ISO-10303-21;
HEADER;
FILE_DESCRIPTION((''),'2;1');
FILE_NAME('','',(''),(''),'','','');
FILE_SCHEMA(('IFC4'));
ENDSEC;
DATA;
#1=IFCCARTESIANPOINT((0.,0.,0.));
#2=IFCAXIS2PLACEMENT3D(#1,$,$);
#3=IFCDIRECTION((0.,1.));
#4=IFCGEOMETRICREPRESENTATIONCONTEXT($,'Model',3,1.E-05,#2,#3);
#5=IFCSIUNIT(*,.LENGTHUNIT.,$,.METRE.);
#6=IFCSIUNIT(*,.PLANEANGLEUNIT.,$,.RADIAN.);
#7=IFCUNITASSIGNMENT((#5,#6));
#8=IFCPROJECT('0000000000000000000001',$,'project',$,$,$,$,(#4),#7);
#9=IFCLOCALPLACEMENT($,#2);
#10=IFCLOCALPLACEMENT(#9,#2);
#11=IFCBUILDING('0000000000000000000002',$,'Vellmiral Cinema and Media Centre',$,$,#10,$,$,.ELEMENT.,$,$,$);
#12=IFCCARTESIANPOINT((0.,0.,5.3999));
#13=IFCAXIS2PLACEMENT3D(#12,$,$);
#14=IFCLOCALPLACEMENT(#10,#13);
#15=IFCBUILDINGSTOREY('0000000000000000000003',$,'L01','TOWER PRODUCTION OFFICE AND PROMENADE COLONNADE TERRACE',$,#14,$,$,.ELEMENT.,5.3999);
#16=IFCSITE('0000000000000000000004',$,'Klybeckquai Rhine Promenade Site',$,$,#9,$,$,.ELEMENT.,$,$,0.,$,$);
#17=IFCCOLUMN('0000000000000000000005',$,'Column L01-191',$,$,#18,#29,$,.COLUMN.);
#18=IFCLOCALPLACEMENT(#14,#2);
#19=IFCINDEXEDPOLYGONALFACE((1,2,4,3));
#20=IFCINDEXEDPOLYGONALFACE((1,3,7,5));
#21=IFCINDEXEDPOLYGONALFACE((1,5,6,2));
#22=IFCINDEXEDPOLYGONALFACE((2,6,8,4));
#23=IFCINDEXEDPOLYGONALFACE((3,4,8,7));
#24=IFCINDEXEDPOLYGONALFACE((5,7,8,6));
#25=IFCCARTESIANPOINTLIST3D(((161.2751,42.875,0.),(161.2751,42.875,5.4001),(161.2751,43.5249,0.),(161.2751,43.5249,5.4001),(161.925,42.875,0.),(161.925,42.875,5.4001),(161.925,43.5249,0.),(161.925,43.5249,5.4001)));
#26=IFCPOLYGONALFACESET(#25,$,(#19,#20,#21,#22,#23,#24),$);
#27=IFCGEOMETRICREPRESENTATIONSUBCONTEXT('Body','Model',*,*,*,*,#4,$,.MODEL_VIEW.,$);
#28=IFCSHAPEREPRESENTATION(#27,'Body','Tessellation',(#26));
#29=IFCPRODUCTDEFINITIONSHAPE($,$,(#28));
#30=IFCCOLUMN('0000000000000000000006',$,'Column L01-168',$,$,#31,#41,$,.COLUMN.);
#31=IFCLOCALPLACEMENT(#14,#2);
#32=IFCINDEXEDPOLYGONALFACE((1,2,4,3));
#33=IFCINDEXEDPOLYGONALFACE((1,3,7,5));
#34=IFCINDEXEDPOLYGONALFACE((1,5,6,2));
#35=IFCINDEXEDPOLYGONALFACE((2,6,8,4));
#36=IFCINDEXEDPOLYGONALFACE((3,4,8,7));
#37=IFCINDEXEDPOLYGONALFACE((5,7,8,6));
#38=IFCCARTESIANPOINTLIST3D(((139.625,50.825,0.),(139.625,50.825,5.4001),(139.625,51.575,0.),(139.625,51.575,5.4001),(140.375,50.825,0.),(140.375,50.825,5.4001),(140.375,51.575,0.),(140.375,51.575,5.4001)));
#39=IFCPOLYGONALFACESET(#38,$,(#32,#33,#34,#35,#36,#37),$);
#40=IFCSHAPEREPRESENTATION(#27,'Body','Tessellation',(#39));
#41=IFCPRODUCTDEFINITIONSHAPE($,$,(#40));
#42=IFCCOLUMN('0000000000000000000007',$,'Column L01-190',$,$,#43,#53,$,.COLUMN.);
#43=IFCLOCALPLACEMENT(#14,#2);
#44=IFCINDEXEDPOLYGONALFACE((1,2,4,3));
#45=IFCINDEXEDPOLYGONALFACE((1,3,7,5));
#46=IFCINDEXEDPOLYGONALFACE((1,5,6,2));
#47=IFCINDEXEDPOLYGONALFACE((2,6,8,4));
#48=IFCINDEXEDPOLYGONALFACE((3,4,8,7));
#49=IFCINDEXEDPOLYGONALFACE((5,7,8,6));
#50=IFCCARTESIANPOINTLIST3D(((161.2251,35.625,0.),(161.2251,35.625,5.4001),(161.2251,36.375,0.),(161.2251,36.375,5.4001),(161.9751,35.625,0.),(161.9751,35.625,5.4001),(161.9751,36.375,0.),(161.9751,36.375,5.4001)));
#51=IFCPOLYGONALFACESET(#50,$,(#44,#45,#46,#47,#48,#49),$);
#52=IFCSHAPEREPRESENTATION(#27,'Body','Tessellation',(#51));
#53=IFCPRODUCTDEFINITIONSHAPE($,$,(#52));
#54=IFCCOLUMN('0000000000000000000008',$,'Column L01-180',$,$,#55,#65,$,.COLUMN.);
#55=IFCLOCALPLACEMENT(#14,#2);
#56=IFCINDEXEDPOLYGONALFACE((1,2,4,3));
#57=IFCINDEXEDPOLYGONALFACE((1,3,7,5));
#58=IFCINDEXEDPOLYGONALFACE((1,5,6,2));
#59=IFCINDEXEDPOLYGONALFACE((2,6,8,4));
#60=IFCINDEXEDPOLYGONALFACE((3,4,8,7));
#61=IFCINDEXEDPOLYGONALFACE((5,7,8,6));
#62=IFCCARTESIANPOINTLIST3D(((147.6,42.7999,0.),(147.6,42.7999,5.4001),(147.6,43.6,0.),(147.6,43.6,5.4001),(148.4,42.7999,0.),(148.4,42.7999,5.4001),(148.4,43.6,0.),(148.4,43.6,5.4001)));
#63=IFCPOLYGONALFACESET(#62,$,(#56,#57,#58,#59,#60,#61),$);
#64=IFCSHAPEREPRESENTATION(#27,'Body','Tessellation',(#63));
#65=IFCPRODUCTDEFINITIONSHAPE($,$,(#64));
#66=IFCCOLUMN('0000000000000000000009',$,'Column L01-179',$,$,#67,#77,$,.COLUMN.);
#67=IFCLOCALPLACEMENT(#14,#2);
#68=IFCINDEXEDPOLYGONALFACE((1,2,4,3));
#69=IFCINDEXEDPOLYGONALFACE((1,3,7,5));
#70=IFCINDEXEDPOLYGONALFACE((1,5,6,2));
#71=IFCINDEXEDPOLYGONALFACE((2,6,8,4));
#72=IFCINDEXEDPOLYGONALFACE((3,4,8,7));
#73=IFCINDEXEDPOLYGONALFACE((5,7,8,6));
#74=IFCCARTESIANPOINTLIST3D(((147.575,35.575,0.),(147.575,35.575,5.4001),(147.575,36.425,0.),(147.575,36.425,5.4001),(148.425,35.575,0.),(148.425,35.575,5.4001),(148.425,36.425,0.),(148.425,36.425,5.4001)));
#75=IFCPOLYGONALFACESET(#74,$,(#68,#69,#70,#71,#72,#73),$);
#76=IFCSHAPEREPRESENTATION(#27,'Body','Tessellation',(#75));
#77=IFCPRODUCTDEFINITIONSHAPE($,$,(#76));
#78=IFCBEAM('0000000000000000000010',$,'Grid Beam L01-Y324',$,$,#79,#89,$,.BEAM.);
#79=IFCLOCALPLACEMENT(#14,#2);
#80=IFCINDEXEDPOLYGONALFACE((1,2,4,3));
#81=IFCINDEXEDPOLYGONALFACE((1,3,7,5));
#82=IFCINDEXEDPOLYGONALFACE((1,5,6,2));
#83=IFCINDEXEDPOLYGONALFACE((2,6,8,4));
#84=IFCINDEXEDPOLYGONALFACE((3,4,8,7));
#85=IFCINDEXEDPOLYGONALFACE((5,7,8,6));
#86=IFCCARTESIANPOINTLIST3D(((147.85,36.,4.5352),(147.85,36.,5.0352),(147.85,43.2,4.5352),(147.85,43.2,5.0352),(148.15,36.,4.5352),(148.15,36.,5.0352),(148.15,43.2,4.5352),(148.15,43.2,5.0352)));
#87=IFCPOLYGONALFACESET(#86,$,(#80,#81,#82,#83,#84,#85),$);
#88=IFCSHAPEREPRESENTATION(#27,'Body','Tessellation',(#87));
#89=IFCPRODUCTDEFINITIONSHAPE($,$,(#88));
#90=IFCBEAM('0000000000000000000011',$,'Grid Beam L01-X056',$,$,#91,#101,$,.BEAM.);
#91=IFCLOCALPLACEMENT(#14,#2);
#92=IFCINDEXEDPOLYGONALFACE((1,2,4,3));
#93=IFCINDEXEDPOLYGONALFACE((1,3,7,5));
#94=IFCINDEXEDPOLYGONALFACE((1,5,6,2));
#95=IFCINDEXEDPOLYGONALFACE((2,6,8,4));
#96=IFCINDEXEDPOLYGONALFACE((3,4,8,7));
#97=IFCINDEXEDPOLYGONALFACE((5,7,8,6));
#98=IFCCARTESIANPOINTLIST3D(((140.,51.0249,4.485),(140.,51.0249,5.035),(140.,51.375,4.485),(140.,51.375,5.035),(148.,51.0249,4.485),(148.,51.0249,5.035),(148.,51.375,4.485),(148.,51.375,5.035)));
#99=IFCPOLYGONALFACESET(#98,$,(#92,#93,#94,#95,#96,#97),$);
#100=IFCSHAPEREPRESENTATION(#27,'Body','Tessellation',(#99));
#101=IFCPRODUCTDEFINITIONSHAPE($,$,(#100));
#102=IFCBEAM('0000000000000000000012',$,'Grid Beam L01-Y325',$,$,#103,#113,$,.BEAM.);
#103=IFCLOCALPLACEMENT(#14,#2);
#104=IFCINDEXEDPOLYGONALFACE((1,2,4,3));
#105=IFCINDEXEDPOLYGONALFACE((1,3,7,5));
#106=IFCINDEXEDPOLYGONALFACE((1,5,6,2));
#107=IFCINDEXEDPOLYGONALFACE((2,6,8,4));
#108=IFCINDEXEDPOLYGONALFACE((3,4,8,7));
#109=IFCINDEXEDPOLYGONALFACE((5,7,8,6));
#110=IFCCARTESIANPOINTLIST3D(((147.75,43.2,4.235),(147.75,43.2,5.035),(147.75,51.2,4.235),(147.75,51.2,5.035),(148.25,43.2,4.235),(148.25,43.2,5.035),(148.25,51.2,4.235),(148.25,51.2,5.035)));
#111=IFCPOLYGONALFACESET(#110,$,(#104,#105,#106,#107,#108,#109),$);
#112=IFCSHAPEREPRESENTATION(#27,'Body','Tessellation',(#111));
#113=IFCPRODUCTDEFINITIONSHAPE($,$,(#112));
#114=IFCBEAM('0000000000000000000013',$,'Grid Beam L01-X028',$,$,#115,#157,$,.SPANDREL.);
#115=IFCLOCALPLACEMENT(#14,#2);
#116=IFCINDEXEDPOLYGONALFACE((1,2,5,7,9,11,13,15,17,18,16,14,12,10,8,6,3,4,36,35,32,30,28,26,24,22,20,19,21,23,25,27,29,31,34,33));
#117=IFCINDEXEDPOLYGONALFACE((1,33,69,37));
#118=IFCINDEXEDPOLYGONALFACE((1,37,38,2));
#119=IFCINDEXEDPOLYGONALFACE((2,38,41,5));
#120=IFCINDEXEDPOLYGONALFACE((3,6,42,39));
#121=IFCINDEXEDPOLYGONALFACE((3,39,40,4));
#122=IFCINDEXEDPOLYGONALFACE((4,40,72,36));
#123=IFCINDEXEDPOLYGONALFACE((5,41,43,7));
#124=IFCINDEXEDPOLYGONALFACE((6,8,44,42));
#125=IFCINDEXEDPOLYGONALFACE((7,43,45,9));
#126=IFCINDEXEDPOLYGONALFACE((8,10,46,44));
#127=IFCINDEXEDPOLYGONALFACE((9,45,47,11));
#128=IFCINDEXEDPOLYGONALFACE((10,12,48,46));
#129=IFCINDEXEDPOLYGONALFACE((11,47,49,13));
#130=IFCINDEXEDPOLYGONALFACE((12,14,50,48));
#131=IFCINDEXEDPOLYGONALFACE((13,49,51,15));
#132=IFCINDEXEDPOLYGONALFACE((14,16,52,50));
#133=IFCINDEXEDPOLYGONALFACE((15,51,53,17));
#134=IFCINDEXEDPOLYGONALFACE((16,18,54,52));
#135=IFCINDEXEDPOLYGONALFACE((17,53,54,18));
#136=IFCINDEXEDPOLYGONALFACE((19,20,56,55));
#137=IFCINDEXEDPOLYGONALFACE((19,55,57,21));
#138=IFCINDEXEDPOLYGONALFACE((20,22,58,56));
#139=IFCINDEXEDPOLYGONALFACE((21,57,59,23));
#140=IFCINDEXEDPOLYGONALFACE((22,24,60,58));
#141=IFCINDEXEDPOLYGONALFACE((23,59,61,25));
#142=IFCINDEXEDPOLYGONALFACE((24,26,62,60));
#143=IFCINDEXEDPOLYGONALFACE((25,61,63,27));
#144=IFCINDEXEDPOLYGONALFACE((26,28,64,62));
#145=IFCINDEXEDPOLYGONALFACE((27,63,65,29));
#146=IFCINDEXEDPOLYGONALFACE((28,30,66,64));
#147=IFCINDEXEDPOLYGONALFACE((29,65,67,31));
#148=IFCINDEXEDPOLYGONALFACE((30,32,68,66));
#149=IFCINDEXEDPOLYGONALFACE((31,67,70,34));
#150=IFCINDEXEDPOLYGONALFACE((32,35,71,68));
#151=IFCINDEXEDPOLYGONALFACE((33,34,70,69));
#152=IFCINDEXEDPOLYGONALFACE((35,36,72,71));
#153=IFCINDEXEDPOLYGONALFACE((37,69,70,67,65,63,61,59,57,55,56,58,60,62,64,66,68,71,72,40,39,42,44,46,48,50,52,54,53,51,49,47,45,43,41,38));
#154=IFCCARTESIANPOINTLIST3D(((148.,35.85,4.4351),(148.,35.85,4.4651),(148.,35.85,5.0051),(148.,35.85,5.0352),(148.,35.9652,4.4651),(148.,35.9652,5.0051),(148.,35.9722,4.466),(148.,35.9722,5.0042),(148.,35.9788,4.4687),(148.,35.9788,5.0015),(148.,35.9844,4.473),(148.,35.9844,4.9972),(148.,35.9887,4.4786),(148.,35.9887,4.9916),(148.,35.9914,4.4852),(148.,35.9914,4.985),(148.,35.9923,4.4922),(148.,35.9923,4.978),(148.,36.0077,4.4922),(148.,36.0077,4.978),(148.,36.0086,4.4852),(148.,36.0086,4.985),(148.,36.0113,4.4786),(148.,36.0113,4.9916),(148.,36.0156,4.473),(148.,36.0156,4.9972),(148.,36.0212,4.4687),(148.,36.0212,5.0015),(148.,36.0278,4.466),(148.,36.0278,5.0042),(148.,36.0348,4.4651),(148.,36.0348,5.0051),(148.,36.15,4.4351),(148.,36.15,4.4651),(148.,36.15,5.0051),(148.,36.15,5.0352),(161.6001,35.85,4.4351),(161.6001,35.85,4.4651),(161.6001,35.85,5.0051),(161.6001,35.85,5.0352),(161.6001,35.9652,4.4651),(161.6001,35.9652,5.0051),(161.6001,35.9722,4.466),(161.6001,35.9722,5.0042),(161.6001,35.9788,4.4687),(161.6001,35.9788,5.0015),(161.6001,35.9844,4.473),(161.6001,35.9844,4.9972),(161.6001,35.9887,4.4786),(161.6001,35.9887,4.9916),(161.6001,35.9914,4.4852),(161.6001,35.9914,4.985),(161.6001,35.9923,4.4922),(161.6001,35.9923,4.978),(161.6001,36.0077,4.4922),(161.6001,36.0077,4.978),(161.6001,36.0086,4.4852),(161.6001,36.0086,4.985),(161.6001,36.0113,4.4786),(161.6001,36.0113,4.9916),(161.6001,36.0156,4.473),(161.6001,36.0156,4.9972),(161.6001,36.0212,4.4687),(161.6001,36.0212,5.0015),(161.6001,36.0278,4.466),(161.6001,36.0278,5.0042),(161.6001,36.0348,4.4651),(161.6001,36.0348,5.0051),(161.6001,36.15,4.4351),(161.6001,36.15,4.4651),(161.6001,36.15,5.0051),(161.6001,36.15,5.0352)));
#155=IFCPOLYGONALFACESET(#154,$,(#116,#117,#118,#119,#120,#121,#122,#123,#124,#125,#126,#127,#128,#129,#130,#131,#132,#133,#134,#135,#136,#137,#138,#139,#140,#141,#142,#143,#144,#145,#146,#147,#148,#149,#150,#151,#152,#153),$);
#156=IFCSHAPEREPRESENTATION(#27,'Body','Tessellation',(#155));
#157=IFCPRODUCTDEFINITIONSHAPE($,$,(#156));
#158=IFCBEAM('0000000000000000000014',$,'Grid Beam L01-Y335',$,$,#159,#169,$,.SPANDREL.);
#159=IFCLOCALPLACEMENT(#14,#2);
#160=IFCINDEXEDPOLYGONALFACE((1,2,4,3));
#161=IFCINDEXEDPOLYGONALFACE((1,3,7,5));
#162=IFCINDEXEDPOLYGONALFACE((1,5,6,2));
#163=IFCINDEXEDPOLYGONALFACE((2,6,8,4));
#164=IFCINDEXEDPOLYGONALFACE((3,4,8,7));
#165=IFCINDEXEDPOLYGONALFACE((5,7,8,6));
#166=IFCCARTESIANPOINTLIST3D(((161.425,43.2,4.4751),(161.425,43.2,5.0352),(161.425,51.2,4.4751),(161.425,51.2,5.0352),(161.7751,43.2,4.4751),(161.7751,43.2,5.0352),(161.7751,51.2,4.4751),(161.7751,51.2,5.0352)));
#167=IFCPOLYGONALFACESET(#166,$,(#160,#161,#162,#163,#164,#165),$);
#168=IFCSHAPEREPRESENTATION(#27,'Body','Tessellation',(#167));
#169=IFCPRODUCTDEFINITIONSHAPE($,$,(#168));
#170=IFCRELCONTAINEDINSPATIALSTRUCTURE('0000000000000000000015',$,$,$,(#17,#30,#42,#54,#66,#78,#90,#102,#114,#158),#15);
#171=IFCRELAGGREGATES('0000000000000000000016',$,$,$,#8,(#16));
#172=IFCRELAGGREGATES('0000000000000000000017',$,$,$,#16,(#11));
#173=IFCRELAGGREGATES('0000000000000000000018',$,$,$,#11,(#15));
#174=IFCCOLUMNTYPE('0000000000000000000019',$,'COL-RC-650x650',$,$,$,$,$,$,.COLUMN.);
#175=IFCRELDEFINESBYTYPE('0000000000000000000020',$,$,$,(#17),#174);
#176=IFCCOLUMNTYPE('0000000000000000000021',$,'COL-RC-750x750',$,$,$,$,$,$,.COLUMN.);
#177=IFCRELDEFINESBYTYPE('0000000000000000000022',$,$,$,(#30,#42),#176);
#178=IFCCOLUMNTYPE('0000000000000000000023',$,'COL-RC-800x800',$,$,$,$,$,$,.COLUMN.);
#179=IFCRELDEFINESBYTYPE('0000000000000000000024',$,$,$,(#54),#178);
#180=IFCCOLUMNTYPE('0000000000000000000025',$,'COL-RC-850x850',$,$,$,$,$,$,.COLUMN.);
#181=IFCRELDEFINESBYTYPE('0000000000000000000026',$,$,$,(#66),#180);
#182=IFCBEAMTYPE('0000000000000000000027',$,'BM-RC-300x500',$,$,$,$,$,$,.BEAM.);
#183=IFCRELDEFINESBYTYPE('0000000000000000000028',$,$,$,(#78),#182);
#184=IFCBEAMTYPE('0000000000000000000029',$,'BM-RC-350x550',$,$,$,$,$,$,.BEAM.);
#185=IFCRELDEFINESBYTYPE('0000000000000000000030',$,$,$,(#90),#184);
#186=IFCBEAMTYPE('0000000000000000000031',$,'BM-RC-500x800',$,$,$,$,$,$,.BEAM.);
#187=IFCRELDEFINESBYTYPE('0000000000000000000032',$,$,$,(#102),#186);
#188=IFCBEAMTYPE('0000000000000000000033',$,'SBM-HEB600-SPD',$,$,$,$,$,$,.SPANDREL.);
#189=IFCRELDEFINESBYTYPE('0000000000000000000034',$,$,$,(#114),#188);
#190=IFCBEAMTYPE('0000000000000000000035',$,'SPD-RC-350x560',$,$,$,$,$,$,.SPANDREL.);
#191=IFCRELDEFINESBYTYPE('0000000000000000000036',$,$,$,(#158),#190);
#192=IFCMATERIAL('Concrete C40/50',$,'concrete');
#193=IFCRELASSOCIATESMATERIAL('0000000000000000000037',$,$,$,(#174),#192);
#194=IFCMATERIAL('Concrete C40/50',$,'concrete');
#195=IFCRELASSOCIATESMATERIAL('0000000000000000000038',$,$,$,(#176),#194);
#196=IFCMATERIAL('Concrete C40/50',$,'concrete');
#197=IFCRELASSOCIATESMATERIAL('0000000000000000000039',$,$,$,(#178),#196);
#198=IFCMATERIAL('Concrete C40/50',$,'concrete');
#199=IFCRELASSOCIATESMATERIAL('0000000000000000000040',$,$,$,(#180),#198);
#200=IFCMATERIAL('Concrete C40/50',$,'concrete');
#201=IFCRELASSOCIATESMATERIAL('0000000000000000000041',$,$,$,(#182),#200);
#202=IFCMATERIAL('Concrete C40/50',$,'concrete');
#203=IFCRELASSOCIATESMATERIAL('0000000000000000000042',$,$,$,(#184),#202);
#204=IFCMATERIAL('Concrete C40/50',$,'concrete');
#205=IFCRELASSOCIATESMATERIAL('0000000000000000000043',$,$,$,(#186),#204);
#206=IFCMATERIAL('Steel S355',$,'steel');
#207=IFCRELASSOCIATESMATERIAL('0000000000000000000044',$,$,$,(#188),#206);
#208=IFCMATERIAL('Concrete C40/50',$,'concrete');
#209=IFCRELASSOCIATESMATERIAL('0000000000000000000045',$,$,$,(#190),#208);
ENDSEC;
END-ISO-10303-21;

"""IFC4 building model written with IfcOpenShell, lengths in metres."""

from ifc_helpers import new_model, si_unit, direction, frame, origin, origin_2d, place, context, subcontext, project, spatial, rectangle, i_section, extrude, material, material_profile, profile_set, type_object, element, save


model = new_model("IFC4")

# Units and contexts
model_context = context("Model", 3, precision=1e-05, world=origin(), true_north=direction((0.0, 1.0)))
body_context = subcontext(model_context, "Body", "Model", "MODEL_VIEW")
ifc_project = project(units=[si_unit("LENGTHUNIT", "METRE"), si_unit("PLANEANGLEUNIT", "RADIAN")], contexts=[model_context])

# Site, building, storey
site_placement = place(None, origin())
site = spatial("IfcSite", under=ifc_project, at=site_placement, Name="Klybeckquai Rhine Promenade Site", CompositionType="ELEMENT", RefElevation=0.0)
building_placement = place(site_placement, origin())
building = spatial("IfcBuilding", under=site, at=building_placement, Name="Vellmiral Cinema and Media Centre", CompositionType="ELEMENT")
storey_placement = place(building_placement, frame((0.0, 0.0, 5.3999)))
storey = spatial("IfcBuildingStorey", under=building, at=storey_placement, Name="L01", Description="TOWER PRODUCTION OFFICE AND PROMENADE COLONNADE TERRACE", CompositionType="ELEMENT", Elevation=5.3999)

# Columns
ifc_material_1 = material(Name="Concrete C40/50", Category="concrete")
ifc_material_profile_1 = material_profile(ifc_material_1, rectangle(XDim=0.6499, YDim=0.6499, at=origin_2d()), Name="RC 650x650")
ifc_profile_set_1 = profile_set([ifc_material_profile_1], Name="Concrete C40/50")
column_type_1 = type_object("IfcColumnType", Name="COL-RC-650x650", PredefinedType="COLUMN", material=ifc_profile_set_1)
column_1_placement = place(storey_placement, frame((161.6001, 43.2, 0.0), z_axis=(0.0, 0.0, 1.0), x_axis=(1.0, 0.0, 0.0)))
element("IfcColumn", 1, at=column_1_placement, inside=storey, type_object=column_type_1, Name="Column L01-191", PredefinedType="COLUMN", context=body_context, shape_type="SweptSolid", body=[
    extrude(rectangle(XDim=0.6499, YDim=0.6499, at=origin_2d()), origin(), (0.0, 0.0, 1.0), 5.4001),
])
ifc_material_2 = material(Name="Concrete C40/50", Category="concrete")
ifc_material_profile_2 = material_profile(ifc_material_2, rectangle(XDim=0.75, YDim=0.75, at=origin_2d()), Name="RC 750x750")
ifc_profile_set_2 = profile_set([ifc_material_profile_2], Name="Concrete C40/50")
column_type_2 = type_object("IfcColumnType", Name="COL-RC-750x750", PredefinedType="COLUMN", material=ifc_profile_set_2)
for number, where, z_axis, x_axis, name in (
    (2, (140.0, 51.2, 0.0), (0.0, 0.0, 1.0), (1.0, 0.0, 0.0), "Column L01-168"),
    (3, (161.6001, 36.0, 0.0), (0.0, 0.0, 1.0), (1.0, 0.0, 0.0), "Column L01-190"),
):
    element("IfcColumn", number, at=place(storey_placement, frame(where, z_axis=z_axis, x_axis=x_axis)), inside=storey, type_object=column_type_2, Name=name, PredefinedType="COLUMN", context=body_context, shape_type="SweptSolid", body=[
        extrude(rectangle(XDim=0.75, YDim=0.75, at=origin_2d()), origin(), (0.0, 0.0, 1.0), 5.4001),
    ])
ifc_material_3 = material(Name="Concrete C40/50", Category="concrete")
ifc_material_profile_3 = material_profile(ifc_material_3, rectangle(XDim=0.8, YDim=0.8, at=origin_2d()), Name="RC 800x800")
ifc_profile_set_3 = profile_set([ifc_material_profile_3], Name="Concrete C40/50")
column_type_3 = type_object("IfcColumnType", Name="COL-RC-800x800", PredefinedType="COLUMN", material=ifc_profile_set_3)
column_2_placement = place(storey_placement, frame((148.0, 43.2, 0.0), z_axis=(0.0, 0.0, 1.0), x_axis=(1.0, 0.0, 0.0)))
element("IfcColumn", 4, at=column_2_placement, inside=storey, type_object=column_type_3, Name="Column L01-180", PredefinedType="COLUMN", context=body_context, shape_type="SweptSolid", body=[
    extrude(rectangle(XDim=0.8, YDim=0.8, at=origin_2d()), origin(), (0.0, 0.0, 1.0), 5.4001),
])
ifc_material_4 = material(Name="Concrete C40/50", Category="concrete")
ifc_material_profile_4 = material_profile(ifc_material_4, rectangle(XDim=0.8501, YDim=0.8501, at=origin_2d()), Name="RC 850x850")
ifc_profile_set_4 = profile_set([ifc_material_profile_4], Name="Concrete C40/50")
column_type_4 = type_object("IfcColumnType", Name="COL-RC-850x850", PredefinedType="COLUMN", material=ifc_profile_set_4)
column_3_placement = place(storey_placement, frame((148.0, 36.0, 0.0), z_axis=(0.0, 0.0, 1.0), x_axis=(1.0, 0.0, 0.0)))
element("IfcColumn", 5, at=column_3_placement, inside=storey, type_object=column_type_4, Name="Column L01-179", PredefinedType="COLUMN", context=body_context, shape_type="SweptSolid", body=[
    extrude(rectangle(XDim=0.8501, YDim=0.8501, at=origin_2d()), origin(), (0.0, 0.0, 1.0), 5.4001),
])

# Beams
ifc_material_5 = material(Name="Concrete C40/50", Category="concrete")
ifc_material_profile_5 = material_profile(ifc_material_5, rectangle(XDim=0.3, YDim=0.5, at=origin_2d()), Name="RC 300x500")
ifc_profile_set_5 = profile_set([ifc_material_profile_5], Name="Concrete C40/50")
beam_type_1 = type_object("IfcBeamType", Name="BM-RC-300x500", PredefinedType="BEAM", material=ifc_profile_set_5)
beam_1_placement = place(storey_placement, frame((148.0, 36.0, 4.7852), z_axis=(0.0, 1.0, 0.0), x_axis=(-1.0, 0.0, 0.0)))
element("IfcBeam", 6, at=beam_1_placement, inside=storey, type_object=beam_type_1, Name="Grid Beam L01-Y324", PredefinedType="BEAM", context=body_context, shape_type="SweptSolid", body=[
    extrude(rectangle(XDim=0.3, YDim=0.5, at=origin_2d()), origin(), (0.0, 0.0, 1.0), 7.2),
])
ifc_material_6 = material(Name="Concrete C40/50", Category="concrete")
ifc_material_profile_6 = material_profile(ifc_material_6, rectangle(XDim=0.3501, YDim=0.55, at=origin_2d()), Name="RC 350x550")
ifc_profile_set_6 = profile_set([ifc_material_profile_6], Name="Concrete C40/50")
beam_type_2 = type_object("IfcBeamType", Name="BM-RC-350x550", PredefinedType="BEAM", material=ifc_profile_set_6)
beam_2_placement = place(storey_placement, frame((140.0, 51.2, 4.76), z_axis=(1.0, 0.0, 0.0), x_axis=(0.0, 1.0, 0.0)))
element("IfcBeam", 7, at=beam_2_placement, inside=storey, type_object=beam_type_2, Name="Grid Beam L01-X056", PredefinedType="BEAM", context=body_context, shape_type="SweptSolid", body=[
    extrude(rectangle(XDim=0.3501, YDim=0.55, at=origin_2d()), origin(), (0.0, 0.0, 1.0), 8.0),
])
ifc_material_7 = material(Name="Concrete C40/50", Category="concrete")
ifc_material_profile_7 = material_profile(ifc_material_7, rectangle(XDim=0.5, YDim=0.8, at=origin_2d()), Name="RC 500x800")
ifc_profile_set_7 = profile_set([ifc_material_profile_7], Name="Concrete C40/50")
beam_type_3 = type_object("IfcBeamType", Name="BM-RC-500x800", PredefinedType="BEAM", material=ifc_profile_set_7)
beam_3_placement = place(storey_placement, frame((148.0, 43.2, 4.635), z_axis=(0.0, 1.0, 0.0), x_axis=(-1.0, 0.0, 0.0)))
element("IfcBeam", 8, at=beam_3_placement, inside=storey, type_object=beam_type_3, Name="Grid Beam L01-Y325", PredefinedType="BEAM", context=body_context, shape_type="SweptSolid", body=[
    extrude(rectangle(XDim=0.5, YDim=0.8, at=origin_2d()), origin(), (0.0, 0.0, 1.0), 8.0),
])
ifc_material_8 = material(Name="Steel S355", Category="steel")
ifc_material_profile_8 = material_profile(ifc_material_8, i_section(OverallWidth=0.3, OverallDepth=0.6001, WebThickness=0.0154, FlangeThickness=0.03, FilletRadius=0.0271, at=origin_2d()), Name="HEB 600")
ifc_profile_set_8 = profile_set([ifc_material_profile_8], Name="Steel S355")
beam_type_4 = type_object("IfcBeamType", Name="SBM-HEB600-SPD", PredefinedType="SPANDREL", material=ifc_profile_set_8)
beam_4_placement = place(storey_placement, frame((148.0, 36.0, 4.7351), z_axis=(1.0, 0.0, 0.0), x_axis=(0.0, 1.0, 0.0)))
element("IfcBeam", 9, at=beam_4_placement, inside=storey, type_object=beam_type_4, Name="Grid Beam L01-X028", PredefinedType="SPANDREL", context=body_context, shape_type="SweptSolid", body=[
    extrude(i_section(OverallWidth=0.3, OverallDepth=0.6001, WebThickness=0.0154, FlangeThickness=0.03, FilletRadius=0.0271, at=origin_2d()), origin(), (0.0, 0.0, 1.0), 13.6001),
])
ifc_material_9 = material(Name="Concrete C40/50", Category="concrete")
ifc_material_profile_9 = material_profile(ifc_material_9, rectangle(XDim=0.3501, YDim=0.5601, at=origin_2d()), Name="RC 350x560")
ifc_profile_set_9 = profile_set([ifc_material_profile_9], Name="Concrete C40/50")
beam_type_5 = type_object("IfcBeamType", Name="SPD-RC-350x560", PredefinedType="SPANDREL", material=ifc_profile_set_9)
beam_5_placement = place(storey_placement, frame((161.6001, 43.2, 4.7551), z_axis=(0.0, 1.0, 0.0), x_axis=(-1.0, 0.0, 0.0)))
element("IfcBeam", 10, at=beam_5_placement, inside=storey, type_object=beam_type_5, Name="Grid Beam L01-Y335", PredefinedType="SPANDREL", context=body_context, shape_type="SweptSolid", body=[
    extrude(rectangle(XDim=0.3501, YDim=0.5601, at=origin_2d()), origin(), (0.0, 0.0, 1.0), 8.0),
])

save(model, "model.ifc")
